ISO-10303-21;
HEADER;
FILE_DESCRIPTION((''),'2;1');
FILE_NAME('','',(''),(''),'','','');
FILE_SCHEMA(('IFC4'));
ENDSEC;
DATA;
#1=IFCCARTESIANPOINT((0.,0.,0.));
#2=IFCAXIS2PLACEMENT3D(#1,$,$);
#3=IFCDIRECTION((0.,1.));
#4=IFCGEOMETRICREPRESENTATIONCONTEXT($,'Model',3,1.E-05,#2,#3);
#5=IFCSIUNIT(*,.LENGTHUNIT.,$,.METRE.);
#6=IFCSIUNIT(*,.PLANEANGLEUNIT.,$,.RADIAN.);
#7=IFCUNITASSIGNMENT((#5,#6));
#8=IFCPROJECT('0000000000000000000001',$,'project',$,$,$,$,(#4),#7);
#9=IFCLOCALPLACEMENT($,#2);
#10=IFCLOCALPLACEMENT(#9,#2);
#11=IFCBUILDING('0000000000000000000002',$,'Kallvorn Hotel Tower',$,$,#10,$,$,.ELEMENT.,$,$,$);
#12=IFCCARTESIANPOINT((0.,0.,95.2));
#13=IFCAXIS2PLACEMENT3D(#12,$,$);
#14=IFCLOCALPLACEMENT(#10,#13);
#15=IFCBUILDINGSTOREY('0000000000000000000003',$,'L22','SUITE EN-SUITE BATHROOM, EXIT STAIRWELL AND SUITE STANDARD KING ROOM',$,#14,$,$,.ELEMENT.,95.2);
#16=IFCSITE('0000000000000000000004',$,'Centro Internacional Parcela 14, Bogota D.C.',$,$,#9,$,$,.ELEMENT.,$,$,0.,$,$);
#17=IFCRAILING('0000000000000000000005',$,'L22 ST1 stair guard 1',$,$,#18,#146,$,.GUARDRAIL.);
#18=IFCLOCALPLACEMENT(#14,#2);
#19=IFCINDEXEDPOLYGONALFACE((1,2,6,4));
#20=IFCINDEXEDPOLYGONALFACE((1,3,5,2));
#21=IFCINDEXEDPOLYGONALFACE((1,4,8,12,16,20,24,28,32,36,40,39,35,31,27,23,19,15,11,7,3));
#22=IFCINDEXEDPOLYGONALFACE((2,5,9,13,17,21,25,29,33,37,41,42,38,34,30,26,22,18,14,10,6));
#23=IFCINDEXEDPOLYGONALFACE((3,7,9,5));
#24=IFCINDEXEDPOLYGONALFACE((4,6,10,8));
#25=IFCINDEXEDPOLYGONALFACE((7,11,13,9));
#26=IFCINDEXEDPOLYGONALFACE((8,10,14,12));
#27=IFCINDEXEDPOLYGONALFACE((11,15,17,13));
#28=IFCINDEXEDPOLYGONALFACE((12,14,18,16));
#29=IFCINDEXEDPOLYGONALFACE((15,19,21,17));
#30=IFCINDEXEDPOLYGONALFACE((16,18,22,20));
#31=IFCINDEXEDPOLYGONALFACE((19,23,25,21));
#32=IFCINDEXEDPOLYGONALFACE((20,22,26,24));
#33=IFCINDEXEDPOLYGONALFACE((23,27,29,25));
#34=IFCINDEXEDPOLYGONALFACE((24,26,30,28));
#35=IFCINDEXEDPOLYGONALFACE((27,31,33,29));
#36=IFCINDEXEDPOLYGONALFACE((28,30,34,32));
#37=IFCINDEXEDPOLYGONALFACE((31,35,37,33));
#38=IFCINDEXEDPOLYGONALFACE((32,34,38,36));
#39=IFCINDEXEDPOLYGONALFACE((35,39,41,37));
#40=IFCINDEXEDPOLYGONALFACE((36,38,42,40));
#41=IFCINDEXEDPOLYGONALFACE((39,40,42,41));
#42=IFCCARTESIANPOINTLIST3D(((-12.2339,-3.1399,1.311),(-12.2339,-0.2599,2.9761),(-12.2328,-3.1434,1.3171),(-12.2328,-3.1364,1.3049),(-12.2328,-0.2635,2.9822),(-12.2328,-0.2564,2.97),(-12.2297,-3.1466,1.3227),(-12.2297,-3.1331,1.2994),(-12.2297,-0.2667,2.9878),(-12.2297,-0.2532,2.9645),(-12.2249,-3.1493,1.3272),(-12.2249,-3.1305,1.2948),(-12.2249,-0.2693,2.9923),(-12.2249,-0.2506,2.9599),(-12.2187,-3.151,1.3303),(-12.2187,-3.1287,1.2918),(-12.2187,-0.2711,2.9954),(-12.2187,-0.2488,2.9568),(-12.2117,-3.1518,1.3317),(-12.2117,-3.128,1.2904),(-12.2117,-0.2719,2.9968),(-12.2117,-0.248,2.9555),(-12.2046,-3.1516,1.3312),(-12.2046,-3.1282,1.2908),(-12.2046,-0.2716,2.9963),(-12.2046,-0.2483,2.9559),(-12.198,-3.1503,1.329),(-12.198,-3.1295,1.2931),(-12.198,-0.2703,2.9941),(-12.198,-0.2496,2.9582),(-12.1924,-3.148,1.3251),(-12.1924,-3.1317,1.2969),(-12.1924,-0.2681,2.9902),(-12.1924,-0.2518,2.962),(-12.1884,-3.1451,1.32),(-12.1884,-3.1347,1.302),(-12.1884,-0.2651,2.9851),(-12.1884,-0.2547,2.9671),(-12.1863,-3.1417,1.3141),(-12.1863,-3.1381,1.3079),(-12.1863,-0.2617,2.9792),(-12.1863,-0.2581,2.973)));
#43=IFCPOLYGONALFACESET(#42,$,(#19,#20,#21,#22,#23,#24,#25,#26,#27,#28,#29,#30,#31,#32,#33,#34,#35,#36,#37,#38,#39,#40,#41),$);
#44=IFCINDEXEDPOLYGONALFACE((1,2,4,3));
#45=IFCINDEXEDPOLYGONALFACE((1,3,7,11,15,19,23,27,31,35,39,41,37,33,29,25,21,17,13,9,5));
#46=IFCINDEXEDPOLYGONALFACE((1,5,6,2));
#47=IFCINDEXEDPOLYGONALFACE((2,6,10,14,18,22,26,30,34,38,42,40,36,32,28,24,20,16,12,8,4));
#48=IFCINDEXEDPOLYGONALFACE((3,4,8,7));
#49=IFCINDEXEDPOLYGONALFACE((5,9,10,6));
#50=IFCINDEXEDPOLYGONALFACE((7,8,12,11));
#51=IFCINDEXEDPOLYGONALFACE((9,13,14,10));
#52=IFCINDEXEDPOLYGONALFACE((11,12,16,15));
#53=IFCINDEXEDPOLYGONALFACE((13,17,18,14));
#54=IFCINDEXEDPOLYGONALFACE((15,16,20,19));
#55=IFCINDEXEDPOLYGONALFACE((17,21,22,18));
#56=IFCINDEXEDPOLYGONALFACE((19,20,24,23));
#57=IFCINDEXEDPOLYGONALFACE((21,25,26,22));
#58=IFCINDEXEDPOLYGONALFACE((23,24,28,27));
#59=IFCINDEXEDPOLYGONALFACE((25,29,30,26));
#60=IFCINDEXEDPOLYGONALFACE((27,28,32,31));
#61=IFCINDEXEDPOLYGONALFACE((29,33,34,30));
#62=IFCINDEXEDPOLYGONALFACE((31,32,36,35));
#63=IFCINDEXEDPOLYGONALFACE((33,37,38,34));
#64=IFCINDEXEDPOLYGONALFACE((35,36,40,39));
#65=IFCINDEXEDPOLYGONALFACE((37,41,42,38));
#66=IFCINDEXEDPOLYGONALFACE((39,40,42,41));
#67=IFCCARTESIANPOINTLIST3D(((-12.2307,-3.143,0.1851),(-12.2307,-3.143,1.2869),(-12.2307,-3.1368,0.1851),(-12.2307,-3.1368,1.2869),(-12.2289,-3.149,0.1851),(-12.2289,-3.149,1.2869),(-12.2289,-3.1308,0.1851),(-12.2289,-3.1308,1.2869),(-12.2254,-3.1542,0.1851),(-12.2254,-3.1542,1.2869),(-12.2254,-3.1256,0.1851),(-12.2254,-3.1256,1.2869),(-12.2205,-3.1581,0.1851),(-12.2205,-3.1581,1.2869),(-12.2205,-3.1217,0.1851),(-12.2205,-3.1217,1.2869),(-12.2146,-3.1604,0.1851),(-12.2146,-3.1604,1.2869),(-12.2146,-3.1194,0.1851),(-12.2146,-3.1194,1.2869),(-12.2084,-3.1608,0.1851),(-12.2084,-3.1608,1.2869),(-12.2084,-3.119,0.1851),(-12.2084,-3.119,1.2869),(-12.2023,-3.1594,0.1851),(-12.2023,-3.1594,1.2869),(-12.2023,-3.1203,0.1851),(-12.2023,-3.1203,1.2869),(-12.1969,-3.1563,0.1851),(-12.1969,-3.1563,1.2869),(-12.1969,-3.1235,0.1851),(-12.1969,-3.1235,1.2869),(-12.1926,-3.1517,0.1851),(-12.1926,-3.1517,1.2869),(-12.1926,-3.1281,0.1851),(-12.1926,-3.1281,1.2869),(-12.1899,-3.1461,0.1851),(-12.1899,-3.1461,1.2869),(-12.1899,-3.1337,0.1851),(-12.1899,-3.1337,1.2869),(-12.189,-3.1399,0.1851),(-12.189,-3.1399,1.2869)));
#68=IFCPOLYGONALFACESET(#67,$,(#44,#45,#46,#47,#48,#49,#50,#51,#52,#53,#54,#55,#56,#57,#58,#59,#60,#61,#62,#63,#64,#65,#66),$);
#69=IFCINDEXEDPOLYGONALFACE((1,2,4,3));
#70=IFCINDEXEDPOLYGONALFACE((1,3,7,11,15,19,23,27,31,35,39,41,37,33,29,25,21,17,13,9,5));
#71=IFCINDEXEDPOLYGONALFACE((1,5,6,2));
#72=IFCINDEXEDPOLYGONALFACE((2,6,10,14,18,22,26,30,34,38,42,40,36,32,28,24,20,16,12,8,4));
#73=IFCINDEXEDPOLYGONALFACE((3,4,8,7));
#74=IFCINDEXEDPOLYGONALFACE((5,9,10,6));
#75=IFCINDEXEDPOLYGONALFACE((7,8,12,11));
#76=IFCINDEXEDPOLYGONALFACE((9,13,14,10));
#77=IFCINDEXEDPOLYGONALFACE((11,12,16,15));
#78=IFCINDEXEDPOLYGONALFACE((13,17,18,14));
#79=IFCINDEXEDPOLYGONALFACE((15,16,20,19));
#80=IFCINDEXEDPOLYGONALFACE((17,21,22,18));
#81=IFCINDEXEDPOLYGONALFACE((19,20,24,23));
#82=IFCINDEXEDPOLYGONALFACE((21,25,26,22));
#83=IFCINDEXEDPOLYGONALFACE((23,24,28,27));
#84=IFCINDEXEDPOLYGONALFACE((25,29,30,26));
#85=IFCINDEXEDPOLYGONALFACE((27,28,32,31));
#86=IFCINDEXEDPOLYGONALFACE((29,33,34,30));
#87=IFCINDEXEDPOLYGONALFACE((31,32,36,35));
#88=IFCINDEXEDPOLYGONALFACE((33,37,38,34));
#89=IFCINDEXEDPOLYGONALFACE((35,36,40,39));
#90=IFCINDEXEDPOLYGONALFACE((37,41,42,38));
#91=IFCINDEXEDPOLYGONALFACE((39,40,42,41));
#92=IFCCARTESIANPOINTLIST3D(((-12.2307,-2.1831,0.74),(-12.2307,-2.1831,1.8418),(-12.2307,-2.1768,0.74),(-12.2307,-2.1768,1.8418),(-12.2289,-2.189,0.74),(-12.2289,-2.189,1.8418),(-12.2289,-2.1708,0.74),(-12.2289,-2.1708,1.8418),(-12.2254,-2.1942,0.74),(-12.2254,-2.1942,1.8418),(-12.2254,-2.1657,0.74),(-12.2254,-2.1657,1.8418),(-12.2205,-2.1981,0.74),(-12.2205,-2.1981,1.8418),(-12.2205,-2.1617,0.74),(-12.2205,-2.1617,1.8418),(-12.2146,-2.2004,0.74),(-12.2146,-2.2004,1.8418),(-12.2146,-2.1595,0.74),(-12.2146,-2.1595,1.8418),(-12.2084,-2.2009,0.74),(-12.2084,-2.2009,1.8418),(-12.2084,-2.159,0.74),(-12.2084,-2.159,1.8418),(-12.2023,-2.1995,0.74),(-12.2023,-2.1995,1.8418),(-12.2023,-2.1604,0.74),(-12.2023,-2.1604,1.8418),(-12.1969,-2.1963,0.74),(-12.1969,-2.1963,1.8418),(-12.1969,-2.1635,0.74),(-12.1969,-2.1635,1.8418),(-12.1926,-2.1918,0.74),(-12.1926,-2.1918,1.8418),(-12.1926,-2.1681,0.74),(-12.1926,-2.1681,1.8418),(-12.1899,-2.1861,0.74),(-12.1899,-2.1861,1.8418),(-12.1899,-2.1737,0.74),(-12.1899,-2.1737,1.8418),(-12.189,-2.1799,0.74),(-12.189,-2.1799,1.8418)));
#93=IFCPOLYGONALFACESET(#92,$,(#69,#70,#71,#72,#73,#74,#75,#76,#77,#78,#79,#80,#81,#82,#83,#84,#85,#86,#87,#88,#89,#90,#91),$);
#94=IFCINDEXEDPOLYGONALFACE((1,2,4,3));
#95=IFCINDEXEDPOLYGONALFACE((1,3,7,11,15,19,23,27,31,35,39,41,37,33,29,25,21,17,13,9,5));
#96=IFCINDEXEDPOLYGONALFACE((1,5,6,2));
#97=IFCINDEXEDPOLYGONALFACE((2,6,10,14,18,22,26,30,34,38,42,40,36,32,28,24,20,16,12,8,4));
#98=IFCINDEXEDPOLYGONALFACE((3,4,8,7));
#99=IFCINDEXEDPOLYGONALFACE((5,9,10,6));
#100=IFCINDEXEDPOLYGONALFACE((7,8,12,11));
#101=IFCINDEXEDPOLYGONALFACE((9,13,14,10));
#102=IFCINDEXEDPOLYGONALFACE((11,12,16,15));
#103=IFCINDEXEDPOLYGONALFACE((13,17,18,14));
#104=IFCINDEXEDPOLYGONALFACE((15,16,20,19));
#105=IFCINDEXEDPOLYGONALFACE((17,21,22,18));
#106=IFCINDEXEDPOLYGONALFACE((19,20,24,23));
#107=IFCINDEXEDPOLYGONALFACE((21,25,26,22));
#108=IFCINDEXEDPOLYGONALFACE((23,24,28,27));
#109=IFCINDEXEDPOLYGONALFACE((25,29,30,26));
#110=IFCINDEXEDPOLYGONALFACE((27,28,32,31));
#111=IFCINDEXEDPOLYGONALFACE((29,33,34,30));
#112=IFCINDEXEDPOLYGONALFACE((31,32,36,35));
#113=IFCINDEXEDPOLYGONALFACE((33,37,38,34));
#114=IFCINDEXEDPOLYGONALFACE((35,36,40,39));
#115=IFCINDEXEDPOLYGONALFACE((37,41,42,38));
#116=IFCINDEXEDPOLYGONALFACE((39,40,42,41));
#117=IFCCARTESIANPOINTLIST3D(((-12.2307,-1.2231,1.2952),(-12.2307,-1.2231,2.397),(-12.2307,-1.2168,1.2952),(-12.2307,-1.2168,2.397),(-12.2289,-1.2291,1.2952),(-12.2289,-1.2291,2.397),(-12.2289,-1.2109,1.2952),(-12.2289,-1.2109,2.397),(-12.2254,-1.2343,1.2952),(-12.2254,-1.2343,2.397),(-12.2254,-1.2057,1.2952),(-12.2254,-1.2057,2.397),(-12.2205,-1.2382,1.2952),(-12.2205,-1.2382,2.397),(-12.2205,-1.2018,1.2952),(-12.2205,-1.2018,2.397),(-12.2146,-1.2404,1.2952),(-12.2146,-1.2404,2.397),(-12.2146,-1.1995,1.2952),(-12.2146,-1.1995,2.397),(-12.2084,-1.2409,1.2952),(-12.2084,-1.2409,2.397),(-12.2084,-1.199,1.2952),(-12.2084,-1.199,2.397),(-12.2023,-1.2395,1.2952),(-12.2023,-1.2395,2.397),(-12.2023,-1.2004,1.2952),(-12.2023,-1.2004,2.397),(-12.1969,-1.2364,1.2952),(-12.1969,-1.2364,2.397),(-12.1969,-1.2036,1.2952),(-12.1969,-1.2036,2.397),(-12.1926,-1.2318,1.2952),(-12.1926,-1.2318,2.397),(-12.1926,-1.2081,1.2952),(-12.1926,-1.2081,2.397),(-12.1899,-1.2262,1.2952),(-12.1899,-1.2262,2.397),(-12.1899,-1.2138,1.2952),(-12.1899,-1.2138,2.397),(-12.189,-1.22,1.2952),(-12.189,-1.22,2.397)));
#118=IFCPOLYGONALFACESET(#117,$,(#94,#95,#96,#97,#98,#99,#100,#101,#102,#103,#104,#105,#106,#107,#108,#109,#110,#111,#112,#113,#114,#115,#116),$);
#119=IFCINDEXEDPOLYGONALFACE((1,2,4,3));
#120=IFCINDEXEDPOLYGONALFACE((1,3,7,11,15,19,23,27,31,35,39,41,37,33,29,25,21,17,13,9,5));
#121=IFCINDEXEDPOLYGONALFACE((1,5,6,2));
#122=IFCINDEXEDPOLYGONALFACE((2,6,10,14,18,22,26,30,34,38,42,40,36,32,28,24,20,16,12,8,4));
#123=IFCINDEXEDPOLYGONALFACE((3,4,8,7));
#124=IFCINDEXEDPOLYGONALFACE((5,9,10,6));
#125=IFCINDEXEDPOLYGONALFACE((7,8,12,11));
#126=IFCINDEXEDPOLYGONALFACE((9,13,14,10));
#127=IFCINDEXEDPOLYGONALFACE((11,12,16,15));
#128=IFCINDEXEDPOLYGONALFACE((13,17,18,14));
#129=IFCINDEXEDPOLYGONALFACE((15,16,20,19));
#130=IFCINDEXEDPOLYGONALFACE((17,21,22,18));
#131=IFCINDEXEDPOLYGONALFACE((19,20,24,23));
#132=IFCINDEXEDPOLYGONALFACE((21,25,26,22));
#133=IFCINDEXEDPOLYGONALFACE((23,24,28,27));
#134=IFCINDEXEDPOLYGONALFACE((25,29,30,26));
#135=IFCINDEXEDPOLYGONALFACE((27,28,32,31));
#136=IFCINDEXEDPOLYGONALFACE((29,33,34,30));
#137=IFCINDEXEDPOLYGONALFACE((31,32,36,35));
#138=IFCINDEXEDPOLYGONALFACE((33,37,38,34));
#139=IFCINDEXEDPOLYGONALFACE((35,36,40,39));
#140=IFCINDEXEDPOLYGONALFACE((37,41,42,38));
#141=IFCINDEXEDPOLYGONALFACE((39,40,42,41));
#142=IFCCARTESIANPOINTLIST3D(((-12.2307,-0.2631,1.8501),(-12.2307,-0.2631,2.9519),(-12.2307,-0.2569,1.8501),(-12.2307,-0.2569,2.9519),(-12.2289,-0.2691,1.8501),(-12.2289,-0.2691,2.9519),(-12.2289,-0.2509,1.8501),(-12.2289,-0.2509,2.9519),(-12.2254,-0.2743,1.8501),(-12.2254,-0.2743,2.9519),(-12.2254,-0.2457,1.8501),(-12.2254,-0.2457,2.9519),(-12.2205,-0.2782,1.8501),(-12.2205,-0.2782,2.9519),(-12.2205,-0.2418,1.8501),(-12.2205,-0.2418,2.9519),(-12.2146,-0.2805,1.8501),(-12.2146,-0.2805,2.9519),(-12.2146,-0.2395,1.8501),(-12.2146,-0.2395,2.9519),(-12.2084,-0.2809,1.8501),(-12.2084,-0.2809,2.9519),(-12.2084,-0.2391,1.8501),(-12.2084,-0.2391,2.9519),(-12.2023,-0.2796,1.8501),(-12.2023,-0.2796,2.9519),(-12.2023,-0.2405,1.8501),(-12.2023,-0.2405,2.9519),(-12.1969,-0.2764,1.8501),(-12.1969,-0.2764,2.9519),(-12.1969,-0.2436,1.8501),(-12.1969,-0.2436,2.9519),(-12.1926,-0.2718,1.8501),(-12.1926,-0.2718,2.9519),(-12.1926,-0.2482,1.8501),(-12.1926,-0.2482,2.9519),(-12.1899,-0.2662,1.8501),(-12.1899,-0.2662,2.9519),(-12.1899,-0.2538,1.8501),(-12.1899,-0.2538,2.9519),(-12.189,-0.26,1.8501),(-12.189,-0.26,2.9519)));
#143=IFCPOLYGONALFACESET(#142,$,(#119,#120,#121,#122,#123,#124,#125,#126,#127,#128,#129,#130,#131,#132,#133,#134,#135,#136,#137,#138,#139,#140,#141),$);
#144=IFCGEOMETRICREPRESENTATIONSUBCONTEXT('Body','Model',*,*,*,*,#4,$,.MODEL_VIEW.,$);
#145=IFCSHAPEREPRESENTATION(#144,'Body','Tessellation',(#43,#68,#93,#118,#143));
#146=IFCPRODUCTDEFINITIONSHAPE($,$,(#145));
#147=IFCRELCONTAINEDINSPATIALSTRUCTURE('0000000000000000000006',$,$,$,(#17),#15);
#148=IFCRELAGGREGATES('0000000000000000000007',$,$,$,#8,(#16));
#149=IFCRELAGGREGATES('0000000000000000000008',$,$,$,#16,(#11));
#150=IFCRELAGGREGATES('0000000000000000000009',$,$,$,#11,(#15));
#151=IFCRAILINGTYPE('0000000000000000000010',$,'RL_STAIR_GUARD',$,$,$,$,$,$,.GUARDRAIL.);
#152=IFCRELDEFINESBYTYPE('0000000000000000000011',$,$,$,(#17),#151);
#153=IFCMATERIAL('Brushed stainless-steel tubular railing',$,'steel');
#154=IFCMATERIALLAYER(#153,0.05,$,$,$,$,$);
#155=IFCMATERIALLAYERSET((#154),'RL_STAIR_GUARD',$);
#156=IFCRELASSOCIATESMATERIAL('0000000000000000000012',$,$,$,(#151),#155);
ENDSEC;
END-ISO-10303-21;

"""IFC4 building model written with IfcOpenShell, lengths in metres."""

from ifc_helpers import new_model, si_unit, direction, frame, origin, origin_2d, place, context, subcontext, project, spatial, circle, extrude, material, layer, layer_set, type_object, element, save


model = new_model("IFC4")

# Units and contexts
model_context = context("Model", 3, precision=1e-05, world=origin(), true_north=direction((0.0, 1.0)))
body_context = subcontext(model_context, "Body", "Model", "MODEL_VIEW")
ifc_project = project(units=[si_unit("LENGTHUNIT", "METRE"), si_unit("PLANEANGLEUNIT", "RADIAN")], contexts=[model_context])

# Site, building, storey
site_placement = place(None, origin())
site = spatial("IfcSite", under=ifc_project, at=site_placement, Name="Centro Internacional Parcela 14, Bogota D.C.", CompositionType="ELEMENT", RefElevation=0.0)
building_placement = place(site_placement, origin())
building = spatial("IfcBuilding", under=site, at=building_placement, Name="Kallvorn Hotel Tower", CompositionType="ELEMENT")
storey_placement = place(building_placement, frame((0.0, 0.0, 95.2)))
storey = spatial("IfcBuildingStorey", under=building, at=storey_placement, Name="L22", Description="SUITE EN-SUITE BATHROOM, EXIT STAIRWELL AND SUITE STANDARD KING ROOM", CompositionType="ELEMENT", Elevation=95.2)

# Railing
ifc_material_1 = material(Name="Brushed stainless-steel tubular railing", Category="steel")
ifc_layer_1 = layer(ifc_material_1, 0.05)
ifc_layer_set_1 = layer_set([ifc_layer_1], Name="RL_STAIR_GUARD")
railing_type_1 = type_object("IfcRailingType", Name="RL_STAIR_GUARD", PredefinedType="GUARDRAIL", material=ifc_layer_set_1)
railing_1_placement = place(storey_placement, frame((-12.21, -3.1399, 0.1851)))
element("IfcRailing", 1, at=railing_1_placement, inside=storey, type_object=railing_type_1, Name="L22 ST1 stair guard 1", PredefinedType="GUARDRAIL", context=body_context, shape_type="SweptSolid", body=[
    extrude(circle(Radius=0.0239, at=origin_2d()), frame((0.0, 0.0, 1.126), z_axis=(0.0, 0.865721, 0.500527), x_axis=(-1.0, 0.0, 0.0)), (0.0, 0.0, 1.0), 3.3267),
    extrude(circle(Radius=0.021, at=origin_2d()), origin(), (0.0, 0.0, 1.0), 1.1018),
    extrude(circle(Radius=0.021, at=origin_2d()), frame((0.0, 0.96, 0.5549)), (0.0, 0.0, 1.0), 1.1018),
    extrude(circle(Radius=0.021, at=origin_2d()), frame((0.0, 1.9199, 1.1101)), (0.0, 0.0, 1.0), 1.1018),
    extrude(circle(Radius=0.021, at=origin_2d()), frame((0.0, 2.8799, 1.665)), (0.0, 0.0, 1.0), 1.1018),
])

save(model, "model.ifc")
